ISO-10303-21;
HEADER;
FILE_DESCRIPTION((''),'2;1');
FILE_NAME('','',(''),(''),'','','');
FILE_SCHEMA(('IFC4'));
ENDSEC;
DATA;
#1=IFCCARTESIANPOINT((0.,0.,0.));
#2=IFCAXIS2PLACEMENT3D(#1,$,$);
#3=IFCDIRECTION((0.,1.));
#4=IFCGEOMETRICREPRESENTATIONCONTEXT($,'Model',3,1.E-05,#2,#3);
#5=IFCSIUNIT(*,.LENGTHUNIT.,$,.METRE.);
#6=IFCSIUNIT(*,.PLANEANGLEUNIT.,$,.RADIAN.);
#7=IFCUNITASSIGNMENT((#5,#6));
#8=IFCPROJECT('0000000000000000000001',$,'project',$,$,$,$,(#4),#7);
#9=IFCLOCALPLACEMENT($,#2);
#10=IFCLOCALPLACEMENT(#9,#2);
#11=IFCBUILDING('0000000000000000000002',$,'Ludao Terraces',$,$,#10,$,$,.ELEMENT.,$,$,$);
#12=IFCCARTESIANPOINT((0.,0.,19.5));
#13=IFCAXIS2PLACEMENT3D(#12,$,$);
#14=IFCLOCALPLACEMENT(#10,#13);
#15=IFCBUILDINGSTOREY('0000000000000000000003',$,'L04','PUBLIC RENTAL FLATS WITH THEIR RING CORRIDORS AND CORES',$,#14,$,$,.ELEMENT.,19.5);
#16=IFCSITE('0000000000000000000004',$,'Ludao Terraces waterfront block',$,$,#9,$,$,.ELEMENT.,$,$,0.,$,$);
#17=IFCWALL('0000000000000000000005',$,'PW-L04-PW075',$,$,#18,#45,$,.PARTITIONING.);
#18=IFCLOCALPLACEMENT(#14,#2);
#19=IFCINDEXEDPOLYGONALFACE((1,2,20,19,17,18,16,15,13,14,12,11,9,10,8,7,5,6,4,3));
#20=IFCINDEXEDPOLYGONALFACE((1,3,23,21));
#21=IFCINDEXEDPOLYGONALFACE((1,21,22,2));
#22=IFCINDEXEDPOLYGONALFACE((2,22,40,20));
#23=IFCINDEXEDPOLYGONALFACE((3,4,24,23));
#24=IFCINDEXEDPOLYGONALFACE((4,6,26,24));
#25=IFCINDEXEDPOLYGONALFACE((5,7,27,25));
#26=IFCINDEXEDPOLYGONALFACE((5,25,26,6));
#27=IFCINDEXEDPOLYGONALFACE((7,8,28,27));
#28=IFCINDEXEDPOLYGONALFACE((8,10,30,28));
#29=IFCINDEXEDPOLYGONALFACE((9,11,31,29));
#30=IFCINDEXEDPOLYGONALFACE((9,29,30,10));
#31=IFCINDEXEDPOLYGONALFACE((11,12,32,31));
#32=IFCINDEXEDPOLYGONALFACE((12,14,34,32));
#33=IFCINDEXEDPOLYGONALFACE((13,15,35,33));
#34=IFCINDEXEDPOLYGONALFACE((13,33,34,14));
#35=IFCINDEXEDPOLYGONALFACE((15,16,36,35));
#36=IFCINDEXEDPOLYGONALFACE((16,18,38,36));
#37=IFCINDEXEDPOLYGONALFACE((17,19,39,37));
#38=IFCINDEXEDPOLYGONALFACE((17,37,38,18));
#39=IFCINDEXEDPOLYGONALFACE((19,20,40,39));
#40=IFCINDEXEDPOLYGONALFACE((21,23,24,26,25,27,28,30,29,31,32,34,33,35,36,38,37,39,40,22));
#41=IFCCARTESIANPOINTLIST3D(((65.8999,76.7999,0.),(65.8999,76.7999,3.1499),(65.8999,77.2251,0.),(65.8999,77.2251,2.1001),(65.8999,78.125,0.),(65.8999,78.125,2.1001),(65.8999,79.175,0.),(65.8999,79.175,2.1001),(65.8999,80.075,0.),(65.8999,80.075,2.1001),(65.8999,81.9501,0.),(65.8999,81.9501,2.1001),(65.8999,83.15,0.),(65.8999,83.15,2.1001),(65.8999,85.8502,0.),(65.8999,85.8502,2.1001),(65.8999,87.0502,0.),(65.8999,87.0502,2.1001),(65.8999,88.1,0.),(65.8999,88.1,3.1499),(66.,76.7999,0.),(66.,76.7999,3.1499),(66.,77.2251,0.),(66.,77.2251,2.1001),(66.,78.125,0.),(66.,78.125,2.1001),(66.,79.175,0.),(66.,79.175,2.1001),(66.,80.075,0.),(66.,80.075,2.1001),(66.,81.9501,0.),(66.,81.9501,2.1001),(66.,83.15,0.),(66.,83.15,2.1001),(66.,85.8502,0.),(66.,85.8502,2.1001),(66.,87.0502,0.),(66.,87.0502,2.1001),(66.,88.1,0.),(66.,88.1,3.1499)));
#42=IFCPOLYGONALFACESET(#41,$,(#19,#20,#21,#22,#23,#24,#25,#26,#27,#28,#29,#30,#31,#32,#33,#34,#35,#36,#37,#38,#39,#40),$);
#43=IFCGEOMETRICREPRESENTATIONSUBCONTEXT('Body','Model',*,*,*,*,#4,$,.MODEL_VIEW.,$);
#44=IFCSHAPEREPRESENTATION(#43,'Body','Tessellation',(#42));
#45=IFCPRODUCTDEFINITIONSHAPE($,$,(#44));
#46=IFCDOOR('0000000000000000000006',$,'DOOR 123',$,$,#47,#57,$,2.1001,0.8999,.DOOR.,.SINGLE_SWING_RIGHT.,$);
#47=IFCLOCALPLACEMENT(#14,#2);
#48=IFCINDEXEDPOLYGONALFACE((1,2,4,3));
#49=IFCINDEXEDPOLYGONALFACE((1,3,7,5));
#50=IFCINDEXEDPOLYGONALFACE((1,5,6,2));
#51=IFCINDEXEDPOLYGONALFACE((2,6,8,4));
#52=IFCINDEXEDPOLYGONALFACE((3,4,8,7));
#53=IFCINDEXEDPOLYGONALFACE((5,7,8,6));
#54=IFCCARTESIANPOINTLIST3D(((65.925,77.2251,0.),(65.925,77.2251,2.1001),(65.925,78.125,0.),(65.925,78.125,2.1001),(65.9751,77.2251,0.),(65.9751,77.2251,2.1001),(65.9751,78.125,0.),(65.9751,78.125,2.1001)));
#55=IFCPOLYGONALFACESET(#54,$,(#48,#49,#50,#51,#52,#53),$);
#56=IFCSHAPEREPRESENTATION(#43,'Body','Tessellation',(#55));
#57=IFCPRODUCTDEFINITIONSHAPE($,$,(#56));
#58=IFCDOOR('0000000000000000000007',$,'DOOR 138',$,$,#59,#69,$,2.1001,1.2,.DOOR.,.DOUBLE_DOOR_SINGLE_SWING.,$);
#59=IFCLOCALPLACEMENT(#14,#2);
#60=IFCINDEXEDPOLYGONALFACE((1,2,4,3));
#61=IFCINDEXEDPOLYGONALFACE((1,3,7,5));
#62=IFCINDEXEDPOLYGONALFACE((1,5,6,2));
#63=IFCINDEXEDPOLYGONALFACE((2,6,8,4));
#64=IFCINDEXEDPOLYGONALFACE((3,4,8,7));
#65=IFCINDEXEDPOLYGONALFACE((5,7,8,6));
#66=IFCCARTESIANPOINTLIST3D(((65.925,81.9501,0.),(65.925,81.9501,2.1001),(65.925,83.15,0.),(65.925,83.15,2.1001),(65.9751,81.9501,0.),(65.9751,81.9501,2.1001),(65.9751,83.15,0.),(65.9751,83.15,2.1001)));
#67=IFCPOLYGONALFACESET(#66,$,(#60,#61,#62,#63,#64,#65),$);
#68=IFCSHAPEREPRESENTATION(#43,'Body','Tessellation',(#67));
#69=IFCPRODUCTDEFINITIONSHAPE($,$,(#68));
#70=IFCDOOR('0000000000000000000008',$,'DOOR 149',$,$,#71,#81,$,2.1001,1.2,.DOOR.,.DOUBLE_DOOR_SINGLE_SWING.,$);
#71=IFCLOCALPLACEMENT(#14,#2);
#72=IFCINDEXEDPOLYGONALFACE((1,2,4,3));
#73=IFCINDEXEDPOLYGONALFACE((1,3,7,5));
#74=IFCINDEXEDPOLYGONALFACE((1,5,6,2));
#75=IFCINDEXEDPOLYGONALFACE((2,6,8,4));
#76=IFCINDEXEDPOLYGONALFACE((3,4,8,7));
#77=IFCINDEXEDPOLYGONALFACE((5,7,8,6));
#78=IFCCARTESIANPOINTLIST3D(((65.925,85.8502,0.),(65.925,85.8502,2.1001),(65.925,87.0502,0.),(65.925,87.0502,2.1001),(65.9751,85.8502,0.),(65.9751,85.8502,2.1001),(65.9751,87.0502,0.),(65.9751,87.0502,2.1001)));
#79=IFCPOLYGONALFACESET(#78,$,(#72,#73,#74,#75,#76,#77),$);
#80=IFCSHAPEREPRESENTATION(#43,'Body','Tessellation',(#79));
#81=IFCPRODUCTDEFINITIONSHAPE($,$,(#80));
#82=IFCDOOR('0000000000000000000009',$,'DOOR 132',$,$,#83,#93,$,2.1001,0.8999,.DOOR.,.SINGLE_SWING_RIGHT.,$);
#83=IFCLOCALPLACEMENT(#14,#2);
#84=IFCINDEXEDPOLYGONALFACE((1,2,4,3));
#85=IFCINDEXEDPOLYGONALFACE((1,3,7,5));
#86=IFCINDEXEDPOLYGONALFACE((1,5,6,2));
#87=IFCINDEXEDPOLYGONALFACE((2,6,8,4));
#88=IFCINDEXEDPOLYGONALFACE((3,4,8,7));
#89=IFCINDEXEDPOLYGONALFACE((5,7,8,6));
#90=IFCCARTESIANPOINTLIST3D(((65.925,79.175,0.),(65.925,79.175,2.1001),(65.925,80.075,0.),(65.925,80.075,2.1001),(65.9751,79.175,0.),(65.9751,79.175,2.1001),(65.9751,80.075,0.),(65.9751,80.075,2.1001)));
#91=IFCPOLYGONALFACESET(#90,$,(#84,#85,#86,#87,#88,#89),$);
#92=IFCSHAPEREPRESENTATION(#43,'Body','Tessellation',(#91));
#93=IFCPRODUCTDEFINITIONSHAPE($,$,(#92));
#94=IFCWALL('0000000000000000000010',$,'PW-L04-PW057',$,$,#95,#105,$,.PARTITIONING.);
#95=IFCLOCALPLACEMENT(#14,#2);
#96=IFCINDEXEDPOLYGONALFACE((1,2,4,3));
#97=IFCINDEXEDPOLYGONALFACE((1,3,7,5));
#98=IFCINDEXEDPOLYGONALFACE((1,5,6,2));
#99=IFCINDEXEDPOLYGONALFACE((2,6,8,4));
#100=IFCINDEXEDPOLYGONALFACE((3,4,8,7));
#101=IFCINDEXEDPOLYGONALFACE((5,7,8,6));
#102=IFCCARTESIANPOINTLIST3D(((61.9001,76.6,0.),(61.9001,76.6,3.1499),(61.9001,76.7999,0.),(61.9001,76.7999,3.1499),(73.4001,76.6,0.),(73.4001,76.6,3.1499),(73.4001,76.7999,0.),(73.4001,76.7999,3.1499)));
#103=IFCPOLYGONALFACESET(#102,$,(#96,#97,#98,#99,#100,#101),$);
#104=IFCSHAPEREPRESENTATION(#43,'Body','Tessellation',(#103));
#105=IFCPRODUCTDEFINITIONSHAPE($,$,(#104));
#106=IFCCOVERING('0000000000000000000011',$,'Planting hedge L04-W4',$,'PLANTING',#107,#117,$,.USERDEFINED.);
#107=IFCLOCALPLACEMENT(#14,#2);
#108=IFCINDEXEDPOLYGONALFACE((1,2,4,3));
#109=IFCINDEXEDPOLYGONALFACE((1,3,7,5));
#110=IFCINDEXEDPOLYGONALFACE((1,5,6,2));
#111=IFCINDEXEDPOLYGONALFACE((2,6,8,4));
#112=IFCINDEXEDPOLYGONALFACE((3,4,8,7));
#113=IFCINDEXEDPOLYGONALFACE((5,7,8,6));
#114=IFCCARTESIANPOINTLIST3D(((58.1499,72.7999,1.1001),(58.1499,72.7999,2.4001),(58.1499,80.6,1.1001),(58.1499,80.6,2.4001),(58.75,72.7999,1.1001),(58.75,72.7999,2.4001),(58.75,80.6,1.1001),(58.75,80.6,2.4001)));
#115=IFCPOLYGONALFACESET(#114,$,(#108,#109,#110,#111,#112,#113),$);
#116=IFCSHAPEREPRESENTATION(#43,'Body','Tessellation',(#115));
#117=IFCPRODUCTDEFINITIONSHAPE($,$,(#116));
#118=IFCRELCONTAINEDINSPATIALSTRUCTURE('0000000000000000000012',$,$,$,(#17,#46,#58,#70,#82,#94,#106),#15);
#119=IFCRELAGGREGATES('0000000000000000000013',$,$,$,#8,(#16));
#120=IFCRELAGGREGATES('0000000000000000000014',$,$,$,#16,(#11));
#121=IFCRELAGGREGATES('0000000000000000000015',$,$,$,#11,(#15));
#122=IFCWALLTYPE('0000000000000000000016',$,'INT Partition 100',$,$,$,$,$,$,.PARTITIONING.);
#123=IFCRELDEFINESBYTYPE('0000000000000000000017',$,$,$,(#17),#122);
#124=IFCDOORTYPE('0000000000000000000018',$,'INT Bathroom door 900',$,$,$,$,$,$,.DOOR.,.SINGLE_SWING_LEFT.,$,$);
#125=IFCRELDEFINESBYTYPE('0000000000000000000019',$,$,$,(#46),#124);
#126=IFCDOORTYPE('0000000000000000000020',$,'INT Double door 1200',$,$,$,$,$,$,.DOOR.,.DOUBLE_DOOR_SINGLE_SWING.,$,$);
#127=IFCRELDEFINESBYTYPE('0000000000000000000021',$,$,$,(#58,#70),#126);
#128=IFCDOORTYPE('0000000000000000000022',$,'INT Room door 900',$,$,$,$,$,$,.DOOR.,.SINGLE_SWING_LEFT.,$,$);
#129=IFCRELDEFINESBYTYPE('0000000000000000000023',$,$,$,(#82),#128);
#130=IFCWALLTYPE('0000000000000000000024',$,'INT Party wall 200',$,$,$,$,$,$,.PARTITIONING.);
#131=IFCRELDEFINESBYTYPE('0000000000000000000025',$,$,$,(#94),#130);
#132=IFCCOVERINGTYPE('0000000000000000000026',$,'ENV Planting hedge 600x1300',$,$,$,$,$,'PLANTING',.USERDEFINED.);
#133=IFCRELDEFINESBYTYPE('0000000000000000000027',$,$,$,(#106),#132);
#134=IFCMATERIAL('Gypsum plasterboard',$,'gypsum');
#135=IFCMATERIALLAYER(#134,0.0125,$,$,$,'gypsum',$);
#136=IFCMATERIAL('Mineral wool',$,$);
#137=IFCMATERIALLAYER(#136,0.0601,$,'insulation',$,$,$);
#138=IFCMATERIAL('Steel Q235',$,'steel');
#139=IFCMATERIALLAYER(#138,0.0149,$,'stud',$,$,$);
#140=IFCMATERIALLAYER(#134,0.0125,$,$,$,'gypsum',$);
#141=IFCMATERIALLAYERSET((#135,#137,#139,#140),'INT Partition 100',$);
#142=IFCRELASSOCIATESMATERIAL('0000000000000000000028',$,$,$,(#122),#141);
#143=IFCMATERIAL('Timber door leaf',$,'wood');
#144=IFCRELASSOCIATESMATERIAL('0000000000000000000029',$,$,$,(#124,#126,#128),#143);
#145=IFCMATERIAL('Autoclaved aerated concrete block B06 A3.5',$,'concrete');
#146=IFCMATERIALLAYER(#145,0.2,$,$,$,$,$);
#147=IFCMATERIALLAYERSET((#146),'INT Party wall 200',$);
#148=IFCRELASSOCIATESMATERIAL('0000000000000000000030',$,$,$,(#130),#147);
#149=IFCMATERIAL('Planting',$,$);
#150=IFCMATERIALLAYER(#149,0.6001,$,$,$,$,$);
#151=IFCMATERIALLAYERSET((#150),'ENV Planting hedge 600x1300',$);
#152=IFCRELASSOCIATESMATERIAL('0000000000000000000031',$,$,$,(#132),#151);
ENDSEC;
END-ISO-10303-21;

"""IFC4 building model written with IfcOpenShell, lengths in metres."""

from ifc_helpers import new_model, si_unit, direction, frame, frame_2d, origin, origin_2d, place, context, subcontext, project, spatial, rectangle, extrude, material, layer, layer_set, type_object, element, fill, save


model = new_model("IFC4")

# Units and contexts
model_context = context("Model", 3, precision=1e-05, world=origin(), true_north=direction((0.0, 1.0)))
body_context = subcontext(model_context, "Body", "Model", "MODEL_VIEW")
ifc_project = project(units=[si_unit("LENGTHUNIT", "METRE"), si_unit("PLANEANGLEUNIT", "RADIAN")], contexts=[model_context])

# Site, building, storey
site_placement = place(None, origin())
site = spatial("IfcSite", under=ifc_project, at=site_placement, Name="Ludao Terraces waterfront block", CompositionType="ELEMENT", RefElevation=0.0)
building_placement = place(site_placement, origin())
building = spatial("IfcBuilding", under=site, at=building_placement, Name="Ludao Terraces", CompositionType="ELEMENT")
storey_placement = place(building_placement, frame((0.0, 0.0, 19.5)))
storey = spatial("IfcBuildingStorey", under=building, at=storey_placement, Name="L04", Description="PUBLIC RENTAL FLATS WITH THEIR RING CORRIDORS AND CORES", CompositionType="ELEMENT", Elevation=19.5)

# Shared definitions
ifc_material_1 = material(Name="Mineral wool")

# Shared definitions
ifc_material_2 = material(Name="Gypsum plasterboard", Category="gypsum")
ifc_layer_1 = layer(ifc_material_2, 0.0125, Category="gypsum")
ifc_layer_2 = layer(ifc_material_1, 0.0601, Name="insulation")
ifc_material_3 = material(Name="Steel Q235", Category="steel")
ifc_layer_3 = layer(ifc_material_3, 0.0149, Name="stud")
ifc_layer_4 = layer(ifc_material_2, 0.0125, Category="gypsum")
ifc_layer_set_1 = layer_set([ifc_layer_1, ifc_layer_2, ifc_layer_3, ifc_layer_4], Name="INT Partition 100")
wall_type_1 = type_object("IfcWallType", Name="INT Partition 100", PredefinedType="PARTITIONING", material=ifc_layer_set_1)

# Wall, openings, doors
wall_1_placement = place(storey_placement, frame((65.95, 76.8, 0.0), z_axis=(0.0, 0.0, 1.0), x_axis=(0.0, 1.0, 0.0)))
wall_1 = element("IfcWall", 1, at=wall_1_placement, inside=storey, type_object=wall_type_1, Name="PW-L04-PW075", PredefinedType="PARTITIONING", context=body_context, shape_type="SweptSolid", body=[
    extrude(rectangle(XDim=11.3, YDim=0.1001, at=frame_2d((5.6499, 0.0))), origin(), (0.0, 0.0, 1.0), 3.1499),
])
opening_1_placement = place(wall_1_placement, frame((0.425, 0.0, 0.0)))
opening_1 = element("IfcOpeningElement", 2, at=opening_1_placement, cuts=wall_1, PredefinedType="OPENING", context=body_context, shape_type="SweptSolid", body=[
    extrude(rectangle(XDim=0.8999, YDim=2.1001, at=frame_2d((0.45, 1.05))), frame((0.0, 0.0601, 0.0), z_axis=(0.0, -1.0, 0.0), x_axis=(1.0, 0.0, 0.0)), (0.0, 0.0, 1.0), 0.1201),
])
opening_2_placement = place(wall_1_placement, frame((2.375, 0.0, 0.0)))
opening_2 = element("IfcOpeningElement", 3, at=opening_2_placement, cuts=wall_1, PredefinedType="OPENING", context=body_context, shape_type="SweptSolid", body=[
    extrude(rectangle(XDim=0.8999, YDim=2.1001, at=frame_2d((0.45, 1.05))), frame((0.0, 0.0601, 0.0), z_axis=(0.0, -1.0, 0.0), x_axis=(1.0, 0.0, 0.0)), (0.0, 0.0, 1.0), 0.1201),
])
opening_3_placement = place(wall_1_placement, frame((5.1499, 0.0, 0.0)))
opening_3 = element("IfcOpeningElement", 4, at=opening_3_placement, cuts=wall_1, PredefinedType="OPENING", context=body_context, shape_type="SweptSolid", body=[
    extrude(rectangle(XDim=1.2, YDim=2.1001, at=frame_2d((0.6001, 1.05))), frame((0.0, 0.0601, 0.0), z_axis=(0.0, -1.0, 0.0), x_axis=(1.0, 0.0, 0.0)), (0.0, 0.0, 1.0), 0.1201),
])
opening_4_placement = place(wall_1_placement, frame((9.05, 0.0, 0.0)))
opening_4 = element("IfcOpeningElement", 5, at=opening_4_placement, cuts=wall_1, PredefinedType="OPENING", context=body_context, shape_type="SweptSolid", body=[
    extrude(rectangle(XDim=1.2, YDim=2.1001, at=frame_2d((0.6001, 1.05))), frame((0.0, 0.0601, 0.0), z_axis=(0.0, -1.0, 0.0), x_axis=(1.0, 0.0, 0.0)), (0.0, 0.0, 1.0), 0.1201),
])
ifc_material_4 = material(Name="Timber door leaf", Category="wood")
door_type_1 = type_object("IfcDoorType", Name="INT Bathroom door 900", OperationType="SINGLE_SWING_LEFT", PredefinedType="DOOR", material=ifc_material_4)
door_1_placement = place(opening_1_placement, origin())
door_1 = element("IfcDoor", 6, at=door_1_placement, inside=storey, type_object=door_type_1, Name="DOOR 123", OperationType="SINGLE_SWING_RIGHT", OverallHeight=2.1001, OverallWidth=0.8999, PredefinedType="DOOR", context=body_context, shape_type="SweptSolid", body=[
    extrude(rectangle(XDim=0.8999, YDim=2.1001, at=frame_2d((0.45, 1.05))), frame((0.0, 0.0249, 0.0), z_axis=(0.0, -1.0, 0.0), x_axis=(1.0, 0.0, 0.0)), (0.0, 0.0, 1.0), 0.05),
])
fill(opening_1, door_1)
door_type_2 = type_object("IfcDoorType", Name="INT Double door 1200", OperationType="DOUBLE_DOOR_SINGLE_SWING", PredefinedType="DOOR", material=ifc_material_4)
door_2_placement = place(opening_3_placement, origin())
door_2 = element("IfcDoor", 7, at=door_2_placement, inside=storey, type_object=door_type_2, Name="DOOR 138", OperationType="DOUBLE_DOOR_SINGLE_SWING", OverallHeight=2.1001, OverallWidth=1.2, PredefinedType="DOOR", context=body_context, shape_type="SweptSolid", body=[
    extrude(rectangle(XDim=1.2, YDim=2.1001, at=frame_2d((0.6001, 1.05))), frame((0.0, 0.0249, 0.0), z_axis=(0.0, -1.0, 0.0), x_axis=(1.0, 0.0, 0.0)), (0.0, 0.0, 1.0), 0.05),
])
fill(opening_3, door_2)
door_3_placement = place(opening_4_placement, origin())
door_3 = element("IfcDoor", 8, at=door_3_placement, inside=storey, type_object=door_type_2, Name="DOOR 149", OperationType="DOUBLE_DOOR_SINGLE_SWING", OverallHeight=2.1001, OverallWidth=1.2, PredefinedType="DOOR", context=body_context, shape_type="SweptSolid", body=[
    extrude(rectangle(XDim=1.2, YDim=2.1001, at=frame_2d((0.6001, 1.05))), frame((0.0, 0.0249, 0.0), z_axis=(0.0, -1.0, 0.0), x_axis=(1.0, 0.0, 0.0)), (0.0, 0.0, 1.0), 0.05),
])
fill(opening_4, door_3)
door_type_3 = type_object("IfcDoorType", Name="INT Room door 900", OperationType="SINGLE_SWING_LEFT", PredefinedType="DOOR", material=ifc_material_4)
door_4_placement = place(opening_2_placement, origin())
door_4 = element("IfcDoor", 9, at=door_4_placement, inside=storey, type_object=door_type_3, Name="DOOR 132", OperationType="SINGLE_SWING_RIGHT", OverallHeight=2.1001, OverallWidth=0.8999, PredefinedType="DOOR", context=body_context, shape_type="SweptSolid", body=[
    extrude(rectangle(XDim=0.8999, YDim=2.1001, at=frame_2d((0.45, 1.05))), frame((0.0, 0.0249, 0.0), z_axis=(0.0, -1.0, 0.0), x_axis=(1.0, 0.0, 0.0)), (0.0, 0.0, 1.0), 0.05),
])
fill(opening_2, door_4)

# Wall
ifc_material_5 = material(Name="Autoclaved aerated concrete block B06 A3.5", Category="concrete")
ifc_layer_5 = layer(ifc_material_5, 0.2)
ifc_layer_set_2 = layer_set([ifc_layer_5], Name="INT Party wall 200")
wall_type_2 = type_object("IfcWallType", Name="INT Party wall 200", PredefinedType="PARTITIONING", material=ifc_layer_set_2)
wall_2_placement = place(storey_placement, frame((61.9001, 76.7, 0.0), z_axis=(0.0, 0.0, 1.0), x_axis=(1.0, 0.0, 0.0)))
element("IfcWall", 10, at=wall_2_placement, inside=storey, type_object=wall_type_2, Name="PW-L04-PW057", PredefinedType="PARTITIONING", context=body_context, shape_type="SweptSolid", body=[
    extrude(rectangle(XDim=11.5, YDim=0.2, at=frame_2d((5.75, 0.0))), origin(), (0.0, 0.0, 1.0), 3.1499),
])

# Covering
ifc_material_6 = material(Name="Planting")
ifc_layer_6 = layer(ifc_material_6, 0.6001)
ifc_layer_set_3 = layer_set([ifc_layer_6], Name="ENV Planting hedge 600x1300")
covering_type = type_object("IfcCoveringType", Name="ENV Planting hedge 600x1300", ElementType="PLANTING", PredefinedType="USERDEFINED", material=ifc_layer_set_3)
covering_placement = place(storey_placement, frame((58.45, 76.7, 1.1001), z_axis=(0.0, 0.0, 1.0), x_axis=(1.0, 0.0, 0.0)))
element("IfcCovering", 11, at=covering_placement, inside=storey, type_object=covering_type, Name="Planting hedge L04-W4", ObjectType="PLANTING", PredefinedType="USERDEFINED", context=body_context, shape_type="SweptSolid", body=[
    extrude(rectangle(XDim=0.6001, YDim=7.8, at=origin_2d()), origin(), (0.0, 0.0, 1.0), 1.3),
])

save(model, "model.ifc")
